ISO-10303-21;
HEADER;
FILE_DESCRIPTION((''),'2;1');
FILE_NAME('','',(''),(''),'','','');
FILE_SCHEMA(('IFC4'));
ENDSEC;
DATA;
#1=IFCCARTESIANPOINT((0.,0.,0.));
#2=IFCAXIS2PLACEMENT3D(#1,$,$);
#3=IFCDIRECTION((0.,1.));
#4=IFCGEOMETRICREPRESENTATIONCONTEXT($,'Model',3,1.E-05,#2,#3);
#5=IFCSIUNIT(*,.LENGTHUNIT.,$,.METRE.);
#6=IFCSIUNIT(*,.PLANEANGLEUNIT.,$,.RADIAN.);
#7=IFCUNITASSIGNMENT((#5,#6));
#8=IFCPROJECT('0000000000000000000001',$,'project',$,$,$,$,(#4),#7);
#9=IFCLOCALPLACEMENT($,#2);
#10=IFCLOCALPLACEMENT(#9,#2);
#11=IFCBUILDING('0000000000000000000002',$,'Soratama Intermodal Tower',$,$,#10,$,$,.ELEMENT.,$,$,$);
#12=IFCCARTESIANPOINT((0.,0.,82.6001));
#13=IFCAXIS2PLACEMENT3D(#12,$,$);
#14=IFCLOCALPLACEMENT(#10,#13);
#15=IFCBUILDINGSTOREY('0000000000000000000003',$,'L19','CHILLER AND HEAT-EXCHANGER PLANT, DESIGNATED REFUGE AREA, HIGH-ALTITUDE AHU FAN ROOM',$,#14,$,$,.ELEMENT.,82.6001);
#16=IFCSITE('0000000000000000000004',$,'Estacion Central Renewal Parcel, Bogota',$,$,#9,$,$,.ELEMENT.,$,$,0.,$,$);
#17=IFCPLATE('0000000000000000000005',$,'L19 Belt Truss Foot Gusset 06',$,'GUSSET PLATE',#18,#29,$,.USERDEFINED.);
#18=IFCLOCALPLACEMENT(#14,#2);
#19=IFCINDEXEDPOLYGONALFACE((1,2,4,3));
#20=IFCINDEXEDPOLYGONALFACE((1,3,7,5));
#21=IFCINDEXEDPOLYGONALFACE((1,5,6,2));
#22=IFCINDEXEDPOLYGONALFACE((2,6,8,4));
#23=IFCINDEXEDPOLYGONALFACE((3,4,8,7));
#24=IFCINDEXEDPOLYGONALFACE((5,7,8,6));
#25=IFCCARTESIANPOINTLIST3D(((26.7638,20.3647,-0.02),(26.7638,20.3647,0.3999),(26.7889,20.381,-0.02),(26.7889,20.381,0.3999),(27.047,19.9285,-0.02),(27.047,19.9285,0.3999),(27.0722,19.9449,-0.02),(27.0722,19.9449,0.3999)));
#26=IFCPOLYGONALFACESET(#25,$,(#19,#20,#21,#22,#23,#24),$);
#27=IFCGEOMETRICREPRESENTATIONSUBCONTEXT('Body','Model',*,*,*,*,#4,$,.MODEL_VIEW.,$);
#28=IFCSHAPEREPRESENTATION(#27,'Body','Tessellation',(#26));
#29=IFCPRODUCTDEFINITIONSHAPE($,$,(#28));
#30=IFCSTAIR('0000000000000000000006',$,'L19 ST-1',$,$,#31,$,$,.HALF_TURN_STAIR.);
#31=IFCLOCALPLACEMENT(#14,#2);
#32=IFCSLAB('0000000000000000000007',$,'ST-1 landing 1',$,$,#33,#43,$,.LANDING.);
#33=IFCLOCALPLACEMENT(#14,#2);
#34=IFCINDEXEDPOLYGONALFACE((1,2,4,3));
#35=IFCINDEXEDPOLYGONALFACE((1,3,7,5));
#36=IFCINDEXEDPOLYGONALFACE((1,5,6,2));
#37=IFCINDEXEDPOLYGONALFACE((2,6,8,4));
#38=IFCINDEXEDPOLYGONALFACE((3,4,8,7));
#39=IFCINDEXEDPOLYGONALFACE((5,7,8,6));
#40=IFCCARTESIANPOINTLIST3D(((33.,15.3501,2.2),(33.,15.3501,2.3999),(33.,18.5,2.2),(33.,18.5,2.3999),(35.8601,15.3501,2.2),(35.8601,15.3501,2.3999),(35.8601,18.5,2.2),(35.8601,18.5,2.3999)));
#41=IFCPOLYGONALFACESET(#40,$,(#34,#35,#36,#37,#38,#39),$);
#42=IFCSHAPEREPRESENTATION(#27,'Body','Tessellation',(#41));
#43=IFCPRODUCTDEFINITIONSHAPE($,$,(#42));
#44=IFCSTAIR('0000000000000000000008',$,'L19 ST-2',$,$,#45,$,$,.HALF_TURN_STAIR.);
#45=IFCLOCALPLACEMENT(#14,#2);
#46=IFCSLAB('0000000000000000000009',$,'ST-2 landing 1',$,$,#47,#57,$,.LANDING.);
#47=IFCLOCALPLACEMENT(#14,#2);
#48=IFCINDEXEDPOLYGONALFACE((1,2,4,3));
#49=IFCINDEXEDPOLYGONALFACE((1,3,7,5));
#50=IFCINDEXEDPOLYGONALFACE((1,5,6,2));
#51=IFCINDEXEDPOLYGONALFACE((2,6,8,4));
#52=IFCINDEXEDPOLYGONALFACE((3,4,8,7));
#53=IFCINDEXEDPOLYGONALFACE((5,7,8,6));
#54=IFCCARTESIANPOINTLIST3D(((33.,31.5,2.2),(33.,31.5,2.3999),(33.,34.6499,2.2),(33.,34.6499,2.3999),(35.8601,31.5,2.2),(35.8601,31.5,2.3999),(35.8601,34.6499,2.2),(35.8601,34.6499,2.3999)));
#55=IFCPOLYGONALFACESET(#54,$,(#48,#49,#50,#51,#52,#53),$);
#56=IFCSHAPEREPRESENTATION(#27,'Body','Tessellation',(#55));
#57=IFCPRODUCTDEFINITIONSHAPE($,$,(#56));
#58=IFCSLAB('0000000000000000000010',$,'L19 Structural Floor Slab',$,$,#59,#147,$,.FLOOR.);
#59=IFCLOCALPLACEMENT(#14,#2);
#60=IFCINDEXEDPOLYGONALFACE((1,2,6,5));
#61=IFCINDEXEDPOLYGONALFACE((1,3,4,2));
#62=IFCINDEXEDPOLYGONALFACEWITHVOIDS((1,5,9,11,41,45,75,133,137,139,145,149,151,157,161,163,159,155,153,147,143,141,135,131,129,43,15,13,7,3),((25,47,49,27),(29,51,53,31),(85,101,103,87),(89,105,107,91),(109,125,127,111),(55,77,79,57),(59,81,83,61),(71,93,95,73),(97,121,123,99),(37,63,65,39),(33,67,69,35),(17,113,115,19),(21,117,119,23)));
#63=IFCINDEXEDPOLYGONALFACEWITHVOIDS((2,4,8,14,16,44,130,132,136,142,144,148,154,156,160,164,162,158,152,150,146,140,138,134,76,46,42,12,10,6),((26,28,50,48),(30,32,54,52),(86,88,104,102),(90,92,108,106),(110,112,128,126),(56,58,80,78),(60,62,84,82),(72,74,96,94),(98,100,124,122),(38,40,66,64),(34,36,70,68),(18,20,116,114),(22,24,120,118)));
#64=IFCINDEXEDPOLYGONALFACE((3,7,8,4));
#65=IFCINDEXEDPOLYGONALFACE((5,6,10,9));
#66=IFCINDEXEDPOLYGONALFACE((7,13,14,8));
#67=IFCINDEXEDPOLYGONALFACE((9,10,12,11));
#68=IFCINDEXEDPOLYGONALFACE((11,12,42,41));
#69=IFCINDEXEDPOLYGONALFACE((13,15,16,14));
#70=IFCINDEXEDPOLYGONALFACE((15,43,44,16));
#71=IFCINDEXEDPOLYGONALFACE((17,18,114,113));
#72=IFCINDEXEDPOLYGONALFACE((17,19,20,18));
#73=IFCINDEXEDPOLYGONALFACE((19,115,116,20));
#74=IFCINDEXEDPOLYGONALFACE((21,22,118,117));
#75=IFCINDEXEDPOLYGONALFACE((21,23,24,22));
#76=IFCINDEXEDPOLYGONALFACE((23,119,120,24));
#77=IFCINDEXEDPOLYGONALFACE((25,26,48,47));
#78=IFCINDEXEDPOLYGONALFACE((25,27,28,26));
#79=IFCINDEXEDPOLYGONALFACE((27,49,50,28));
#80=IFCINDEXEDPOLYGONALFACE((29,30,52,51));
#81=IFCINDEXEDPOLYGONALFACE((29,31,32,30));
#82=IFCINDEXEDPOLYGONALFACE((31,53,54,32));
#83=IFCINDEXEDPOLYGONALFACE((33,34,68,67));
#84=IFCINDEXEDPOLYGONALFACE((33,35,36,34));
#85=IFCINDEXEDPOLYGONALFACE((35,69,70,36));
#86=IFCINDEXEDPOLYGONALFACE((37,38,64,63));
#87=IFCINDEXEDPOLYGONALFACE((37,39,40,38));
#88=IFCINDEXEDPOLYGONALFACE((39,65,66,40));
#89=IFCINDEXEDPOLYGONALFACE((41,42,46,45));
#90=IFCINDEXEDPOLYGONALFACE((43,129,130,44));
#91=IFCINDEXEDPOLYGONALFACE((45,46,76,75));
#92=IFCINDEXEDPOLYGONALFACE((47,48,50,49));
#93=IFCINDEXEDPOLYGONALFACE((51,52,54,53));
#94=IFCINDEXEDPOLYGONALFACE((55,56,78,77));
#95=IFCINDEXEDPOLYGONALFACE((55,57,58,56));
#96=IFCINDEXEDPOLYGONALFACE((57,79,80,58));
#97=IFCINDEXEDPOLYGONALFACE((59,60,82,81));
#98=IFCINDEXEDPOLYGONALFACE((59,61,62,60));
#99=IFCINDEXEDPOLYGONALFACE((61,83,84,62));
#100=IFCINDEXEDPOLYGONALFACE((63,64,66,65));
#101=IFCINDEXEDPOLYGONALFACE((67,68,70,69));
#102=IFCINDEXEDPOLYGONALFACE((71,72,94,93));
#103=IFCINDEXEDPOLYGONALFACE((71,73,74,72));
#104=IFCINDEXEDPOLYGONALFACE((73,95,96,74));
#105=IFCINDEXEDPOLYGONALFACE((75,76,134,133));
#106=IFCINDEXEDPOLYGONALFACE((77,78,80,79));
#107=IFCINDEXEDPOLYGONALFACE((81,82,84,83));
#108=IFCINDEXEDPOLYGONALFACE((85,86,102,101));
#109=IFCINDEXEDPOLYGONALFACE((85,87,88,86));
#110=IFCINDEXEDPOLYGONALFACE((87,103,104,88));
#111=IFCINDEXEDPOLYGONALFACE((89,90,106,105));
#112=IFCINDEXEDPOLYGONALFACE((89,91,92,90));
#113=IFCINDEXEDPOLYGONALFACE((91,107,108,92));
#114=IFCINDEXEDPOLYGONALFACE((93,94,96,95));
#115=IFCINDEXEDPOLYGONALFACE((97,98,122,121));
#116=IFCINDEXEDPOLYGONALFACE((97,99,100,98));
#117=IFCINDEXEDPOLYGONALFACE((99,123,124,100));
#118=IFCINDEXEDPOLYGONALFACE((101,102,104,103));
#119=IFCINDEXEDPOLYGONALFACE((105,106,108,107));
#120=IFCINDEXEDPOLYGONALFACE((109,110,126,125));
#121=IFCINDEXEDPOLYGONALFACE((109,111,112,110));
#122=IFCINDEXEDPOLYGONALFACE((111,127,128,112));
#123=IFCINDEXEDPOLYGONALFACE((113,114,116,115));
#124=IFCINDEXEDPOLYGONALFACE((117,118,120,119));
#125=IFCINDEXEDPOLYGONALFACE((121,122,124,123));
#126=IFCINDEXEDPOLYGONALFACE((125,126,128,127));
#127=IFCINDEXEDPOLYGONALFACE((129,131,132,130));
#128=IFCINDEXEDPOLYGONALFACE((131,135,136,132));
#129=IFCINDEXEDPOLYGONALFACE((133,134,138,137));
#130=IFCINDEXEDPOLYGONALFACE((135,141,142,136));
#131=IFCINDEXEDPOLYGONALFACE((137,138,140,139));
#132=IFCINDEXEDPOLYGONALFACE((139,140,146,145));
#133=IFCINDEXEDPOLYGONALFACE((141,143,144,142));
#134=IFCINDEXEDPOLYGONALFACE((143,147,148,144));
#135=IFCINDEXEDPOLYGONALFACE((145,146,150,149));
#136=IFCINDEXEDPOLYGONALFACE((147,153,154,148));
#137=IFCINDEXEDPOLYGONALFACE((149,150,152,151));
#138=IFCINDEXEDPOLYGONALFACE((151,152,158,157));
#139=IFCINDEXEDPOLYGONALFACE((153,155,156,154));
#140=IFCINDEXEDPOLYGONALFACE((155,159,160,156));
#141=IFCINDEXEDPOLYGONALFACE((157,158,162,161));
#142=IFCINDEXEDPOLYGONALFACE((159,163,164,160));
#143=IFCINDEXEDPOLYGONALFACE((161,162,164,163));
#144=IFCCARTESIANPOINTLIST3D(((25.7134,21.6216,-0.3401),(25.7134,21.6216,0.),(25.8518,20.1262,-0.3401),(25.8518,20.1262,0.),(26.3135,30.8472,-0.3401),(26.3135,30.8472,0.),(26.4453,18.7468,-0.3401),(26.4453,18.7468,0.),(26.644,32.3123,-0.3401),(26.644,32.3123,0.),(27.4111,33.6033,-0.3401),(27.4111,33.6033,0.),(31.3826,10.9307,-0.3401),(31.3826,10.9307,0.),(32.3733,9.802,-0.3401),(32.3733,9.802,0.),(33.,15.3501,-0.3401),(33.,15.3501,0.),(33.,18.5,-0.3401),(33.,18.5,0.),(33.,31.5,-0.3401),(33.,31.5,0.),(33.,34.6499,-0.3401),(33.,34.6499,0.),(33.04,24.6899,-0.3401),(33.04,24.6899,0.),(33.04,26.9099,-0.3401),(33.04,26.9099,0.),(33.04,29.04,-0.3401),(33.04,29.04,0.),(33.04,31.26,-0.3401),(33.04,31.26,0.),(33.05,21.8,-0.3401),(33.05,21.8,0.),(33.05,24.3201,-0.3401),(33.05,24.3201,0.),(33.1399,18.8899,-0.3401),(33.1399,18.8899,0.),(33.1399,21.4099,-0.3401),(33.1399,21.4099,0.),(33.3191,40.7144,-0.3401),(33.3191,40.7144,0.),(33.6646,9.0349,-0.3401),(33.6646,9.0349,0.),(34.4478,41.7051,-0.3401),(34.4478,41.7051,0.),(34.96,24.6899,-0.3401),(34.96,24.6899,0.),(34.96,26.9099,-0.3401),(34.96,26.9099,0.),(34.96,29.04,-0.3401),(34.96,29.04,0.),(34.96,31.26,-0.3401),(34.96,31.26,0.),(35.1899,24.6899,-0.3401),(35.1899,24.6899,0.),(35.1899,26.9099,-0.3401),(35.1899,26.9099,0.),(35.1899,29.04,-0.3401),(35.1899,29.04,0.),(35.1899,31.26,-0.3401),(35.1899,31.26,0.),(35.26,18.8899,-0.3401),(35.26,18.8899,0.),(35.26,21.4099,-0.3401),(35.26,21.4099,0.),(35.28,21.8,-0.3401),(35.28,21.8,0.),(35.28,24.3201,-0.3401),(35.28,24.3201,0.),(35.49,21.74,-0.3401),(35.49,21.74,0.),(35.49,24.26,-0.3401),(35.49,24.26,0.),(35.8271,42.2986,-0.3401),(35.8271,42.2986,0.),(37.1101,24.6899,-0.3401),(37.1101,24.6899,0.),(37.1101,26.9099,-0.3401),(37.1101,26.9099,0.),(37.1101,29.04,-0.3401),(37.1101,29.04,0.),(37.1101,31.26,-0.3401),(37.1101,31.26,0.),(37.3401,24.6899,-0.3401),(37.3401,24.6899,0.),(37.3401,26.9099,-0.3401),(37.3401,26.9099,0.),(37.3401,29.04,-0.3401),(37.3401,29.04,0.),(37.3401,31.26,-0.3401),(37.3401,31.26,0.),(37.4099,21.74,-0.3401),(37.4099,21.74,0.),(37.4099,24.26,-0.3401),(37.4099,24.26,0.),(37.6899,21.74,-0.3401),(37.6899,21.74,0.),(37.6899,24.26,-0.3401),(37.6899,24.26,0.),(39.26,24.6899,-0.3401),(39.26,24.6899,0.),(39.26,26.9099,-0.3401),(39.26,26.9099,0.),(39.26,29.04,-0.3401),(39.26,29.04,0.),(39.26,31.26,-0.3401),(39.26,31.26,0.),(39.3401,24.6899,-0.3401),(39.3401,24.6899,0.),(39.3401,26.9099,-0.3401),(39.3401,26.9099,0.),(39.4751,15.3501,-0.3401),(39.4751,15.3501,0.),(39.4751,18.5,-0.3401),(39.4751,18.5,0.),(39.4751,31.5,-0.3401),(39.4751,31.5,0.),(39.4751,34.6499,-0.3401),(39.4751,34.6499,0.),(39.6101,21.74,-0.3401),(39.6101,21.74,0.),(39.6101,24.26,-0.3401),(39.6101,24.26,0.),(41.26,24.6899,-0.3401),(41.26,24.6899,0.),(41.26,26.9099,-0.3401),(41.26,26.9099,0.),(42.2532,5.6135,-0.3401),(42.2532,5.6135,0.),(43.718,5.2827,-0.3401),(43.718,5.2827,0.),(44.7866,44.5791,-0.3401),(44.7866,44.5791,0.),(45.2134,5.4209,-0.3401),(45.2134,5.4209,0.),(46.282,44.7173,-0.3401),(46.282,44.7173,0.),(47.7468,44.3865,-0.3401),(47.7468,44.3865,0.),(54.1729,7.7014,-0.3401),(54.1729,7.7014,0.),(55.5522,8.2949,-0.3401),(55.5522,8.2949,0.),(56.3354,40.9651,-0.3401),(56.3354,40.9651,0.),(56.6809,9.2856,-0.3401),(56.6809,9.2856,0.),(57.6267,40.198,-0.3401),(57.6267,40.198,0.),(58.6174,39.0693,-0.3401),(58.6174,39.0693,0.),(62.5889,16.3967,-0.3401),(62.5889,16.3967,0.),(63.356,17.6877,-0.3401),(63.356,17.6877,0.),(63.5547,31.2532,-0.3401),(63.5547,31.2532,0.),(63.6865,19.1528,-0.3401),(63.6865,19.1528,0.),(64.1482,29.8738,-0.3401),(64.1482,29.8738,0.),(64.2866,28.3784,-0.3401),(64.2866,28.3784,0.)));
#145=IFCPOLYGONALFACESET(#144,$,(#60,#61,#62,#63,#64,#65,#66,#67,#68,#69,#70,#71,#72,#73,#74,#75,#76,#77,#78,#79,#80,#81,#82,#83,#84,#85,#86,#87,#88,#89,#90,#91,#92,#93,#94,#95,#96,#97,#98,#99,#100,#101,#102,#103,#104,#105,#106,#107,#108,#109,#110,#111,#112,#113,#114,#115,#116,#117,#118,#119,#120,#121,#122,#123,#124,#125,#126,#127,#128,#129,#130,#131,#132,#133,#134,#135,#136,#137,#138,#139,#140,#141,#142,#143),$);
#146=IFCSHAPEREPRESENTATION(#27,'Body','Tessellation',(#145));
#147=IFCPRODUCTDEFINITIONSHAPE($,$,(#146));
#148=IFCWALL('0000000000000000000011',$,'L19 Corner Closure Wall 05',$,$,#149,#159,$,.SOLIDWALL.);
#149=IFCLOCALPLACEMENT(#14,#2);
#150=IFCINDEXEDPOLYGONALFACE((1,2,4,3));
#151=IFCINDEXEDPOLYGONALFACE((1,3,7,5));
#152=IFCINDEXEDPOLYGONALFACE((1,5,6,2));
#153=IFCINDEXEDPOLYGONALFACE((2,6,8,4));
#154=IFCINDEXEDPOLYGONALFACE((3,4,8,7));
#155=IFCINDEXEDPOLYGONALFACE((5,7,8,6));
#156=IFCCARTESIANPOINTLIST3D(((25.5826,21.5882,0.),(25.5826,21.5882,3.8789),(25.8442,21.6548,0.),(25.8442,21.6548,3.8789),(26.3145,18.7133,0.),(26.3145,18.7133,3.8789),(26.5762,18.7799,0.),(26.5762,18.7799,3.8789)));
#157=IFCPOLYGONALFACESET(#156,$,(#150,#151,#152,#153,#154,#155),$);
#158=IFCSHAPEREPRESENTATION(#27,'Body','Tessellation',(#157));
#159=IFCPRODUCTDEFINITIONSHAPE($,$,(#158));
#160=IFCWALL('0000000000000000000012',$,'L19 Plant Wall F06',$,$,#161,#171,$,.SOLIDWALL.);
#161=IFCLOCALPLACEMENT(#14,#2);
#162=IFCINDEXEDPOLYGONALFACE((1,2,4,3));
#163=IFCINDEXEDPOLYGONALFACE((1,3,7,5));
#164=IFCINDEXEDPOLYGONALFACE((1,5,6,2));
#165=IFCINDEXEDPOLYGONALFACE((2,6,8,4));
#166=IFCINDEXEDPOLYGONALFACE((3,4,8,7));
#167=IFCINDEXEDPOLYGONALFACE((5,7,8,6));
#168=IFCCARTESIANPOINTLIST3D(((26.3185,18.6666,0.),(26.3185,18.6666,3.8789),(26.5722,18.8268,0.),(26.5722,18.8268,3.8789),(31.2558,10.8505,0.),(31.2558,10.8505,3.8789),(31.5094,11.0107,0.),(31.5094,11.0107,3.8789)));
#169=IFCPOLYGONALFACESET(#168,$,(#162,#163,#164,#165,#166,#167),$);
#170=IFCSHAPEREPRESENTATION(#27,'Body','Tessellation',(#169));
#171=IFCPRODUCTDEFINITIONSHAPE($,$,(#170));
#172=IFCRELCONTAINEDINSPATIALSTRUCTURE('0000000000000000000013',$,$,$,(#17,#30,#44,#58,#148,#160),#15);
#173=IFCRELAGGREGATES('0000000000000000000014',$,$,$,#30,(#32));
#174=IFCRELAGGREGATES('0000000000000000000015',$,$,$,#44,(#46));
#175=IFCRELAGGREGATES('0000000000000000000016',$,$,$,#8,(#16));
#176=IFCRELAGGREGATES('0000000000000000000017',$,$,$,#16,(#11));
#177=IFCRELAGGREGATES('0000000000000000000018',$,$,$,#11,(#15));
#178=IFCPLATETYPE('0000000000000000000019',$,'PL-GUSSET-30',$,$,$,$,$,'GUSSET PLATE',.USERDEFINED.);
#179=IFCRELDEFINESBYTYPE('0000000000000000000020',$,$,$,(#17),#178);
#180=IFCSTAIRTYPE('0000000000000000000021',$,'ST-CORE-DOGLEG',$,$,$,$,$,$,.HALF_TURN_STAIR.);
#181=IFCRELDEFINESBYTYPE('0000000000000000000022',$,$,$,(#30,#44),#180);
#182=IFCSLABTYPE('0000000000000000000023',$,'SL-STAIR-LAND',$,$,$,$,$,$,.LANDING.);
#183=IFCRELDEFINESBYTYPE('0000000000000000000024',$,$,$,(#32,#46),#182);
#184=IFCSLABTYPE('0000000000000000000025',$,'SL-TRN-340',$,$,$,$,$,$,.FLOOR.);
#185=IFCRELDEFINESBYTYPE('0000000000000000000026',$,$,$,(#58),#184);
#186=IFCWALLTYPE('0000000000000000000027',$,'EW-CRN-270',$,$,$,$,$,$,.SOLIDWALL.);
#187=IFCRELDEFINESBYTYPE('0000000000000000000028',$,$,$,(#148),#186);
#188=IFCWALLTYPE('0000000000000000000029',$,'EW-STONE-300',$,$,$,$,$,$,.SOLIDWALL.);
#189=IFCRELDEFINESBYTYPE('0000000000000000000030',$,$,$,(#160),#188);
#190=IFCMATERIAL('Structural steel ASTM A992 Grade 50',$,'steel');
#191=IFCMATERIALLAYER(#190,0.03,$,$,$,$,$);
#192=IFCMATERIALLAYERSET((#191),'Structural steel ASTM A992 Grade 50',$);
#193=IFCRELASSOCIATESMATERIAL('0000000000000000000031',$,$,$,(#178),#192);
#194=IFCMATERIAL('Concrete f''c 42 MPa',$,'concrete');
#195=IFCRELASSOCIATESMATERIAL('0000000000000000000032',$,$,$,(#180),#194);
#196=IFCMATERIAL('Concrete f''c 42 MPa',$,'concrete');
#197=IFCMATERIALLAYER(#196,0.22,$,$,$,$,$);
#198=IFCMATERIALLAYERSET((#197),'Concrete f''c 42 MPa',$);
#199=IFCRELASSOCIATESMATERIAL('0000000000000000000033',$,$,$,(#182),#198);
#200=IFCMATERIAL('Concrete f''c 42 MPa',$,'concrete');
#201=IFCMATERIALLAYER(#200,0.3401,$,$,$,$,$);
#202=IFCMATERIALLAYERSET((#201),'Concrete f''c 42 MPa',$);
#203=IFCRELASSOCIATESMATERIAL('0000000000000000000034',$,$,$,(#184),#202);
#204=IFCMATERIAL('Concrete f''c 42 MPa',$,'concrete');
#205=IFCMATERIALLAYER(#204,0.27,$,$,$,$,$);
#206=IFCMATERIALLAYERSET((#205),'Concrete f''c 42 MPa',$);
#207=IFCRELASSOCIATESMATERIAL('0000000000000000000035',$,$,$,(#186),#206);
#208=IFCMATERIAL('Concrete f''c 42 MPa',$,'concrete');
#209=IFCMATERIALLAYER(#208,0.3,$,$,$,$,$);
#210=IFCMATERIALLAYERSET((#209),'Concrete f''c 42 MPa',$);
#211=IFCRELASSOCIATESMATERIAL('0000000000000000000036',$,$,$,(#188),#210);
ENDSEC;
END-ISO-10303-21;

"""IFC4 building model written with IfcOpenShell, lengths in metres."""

from ifc_helpers import new_model, si_unit, direction, frame, frame_2d, origin, origin_2d, place, context, subcontext, project, spatial, polyline, rectangle, outline, extrude, material, layer, layer_set, type_object, element, aggregate, save


model = new_model("IFC4")

# Units and contexts
model_context = context("Model", 3, precision=1e-05, world=origin(), true_north=direction((0.0, 1.0)))
body_context = subcontext(model_context, "Body", "Model", "MODEL_VIEW")
ifc_project = project(units=[si_unit("LENGTHUNIT", "METRE"), si_unit("PLANEANGLEUNIT", "RADIAN")], contexts=[model_context])

# Site, building, storey
site_placement = place(None, origin())
site = spatial("IfcSite", under=ifc_project, at=site_placement, Name="Estacion Central Renewal Parcel, Bogota", CompositionType="ELEMENT", RefElevation=0.0)
building_placement = place(site_placement, origin())
building = spatial("IfcBuilding", under=site, at=building_placement, Name="Soratama Intermodal Tower", CompositionType="ELEMENT")
storey_placement = place(building_placement, frame((0.0, 0.0, 82.6001)))
storey = spatial("IfcBuildingStorey", under=building, at=storey_placement, Name="L19", Description="CHILLER AND HEAT-EXCHANGER PLANT, DESIGNATED REFUGE AREA, HIGH-ALTITUDE AHU FAN ROOM", CompositionType="ELEMENT", Elevation=82.6001)

# Plate
ifc_material_1 = material(Name="Structural steel ASTM A992 Grade 50", Category="steel")
ifc_layer_1 = layer(ifc_material_1, 0.03)
ifc_layer_set_1 = layer_set([ifc_layer_1], Name="Structural steel ASTM A992 Grade 50")
plate_type_1 = type_object("IfcPlateType", Name="PL-GUSSET-30", ElementType="GUSSET PLATE", PredefinedType="USERDEFINED", material=ifc_layer_set_1)
plate_1_placement = place(storey_placement, frame((26.918, 20.1548, -0.02), z_axis=(0.0, 0.0, 1.0), x_axis=(0.544639, -0.838671, 0.0)))
element("IfcPlate", 1, at=plate_1_placement, inside=storey, type_object=plate_type_1, Name="L19 Belt Truss Foot Gusset 06", ObjectType="GUSSET PLATE", PredefinedType="USERDEFINED", context=body_context, shape_type="SweptSolid", body=[
    extrude(rectangle(XDim=0.52, YDim=0.03, at=origin_2d()), origin(), (0.0, 0.0, 1.0), 0.4199),
])

# Stairs, slabs
ifc_material_2 = material(Name="Concrete f'c 42 MPa", Category="concrete")
stair_type = type_object("IfcStairType", Name="ST-CORE-DOGLEG", PredefinedType="HALF_TURN_STAIR", material=ifc_material_2)
stair_1_placement = place(storey_placement, origin())
stair_1 = element("IfcStair", 2, at=stair_1_placement, inside=storey, type_object=stair_type, Name="L19 ST-1", PredefinedType="HALF_TURN_STAIR")
ifc_material_3 = material(Name="Concrete f'c 42 MPa", Category="concrete")
ifc_layer_2 = layer(ifc_material_3, 0.22)
ifc_layer_set_2 = layer_set([ifc_layer_2], Name="Concrete f'c 42 MPa")
slab_type_1 = type_object("IfcSlabType", Name="SL-STAIR-LAND", PredefinedType="LANDING", material=ifc_layer_set_2)
slab_1_placement = place(storey_placement, frame((0.0, 0.0, 2.2)))
slab_1 = element("IfcSlab", 3, at=slab_1_placement, type_object=slab_type_1, Name="ST-1 landing 1", PredefinedType="LANDING", context=body_context, shape_type="SweptSolid", body=[
    extrude(outline(polyline([(35.8601, 18.5), (33.0, 18.5), (33.0, 15.3501), (35.8601, 15.3501), (35.8601, 18.5)])), origin(), (0.0, 0.0, 1.0), 0.2),
])
aggregate(stair_1, [slab_1])
stair_2_placement = place(storey_placement, origin())
stair_2 = element("IfcStair", 4, at=stair_2_placement, inside=storey, type_object=stair_type, Name="L19 ST-2", PredefinedType="HALF_TURN_STAIR")
slab_2_placement = place(storey_placement, frame((0.0, 0.0, 2.2)))
slab_2 = element("IfcSlab", 5, at=slab_2_placement, type_object=slab_type_1, Name="ST-2 landing 1", PredefinedType="LANDING", context=body_context, shape_type="SweptSolid", body=[
    extrude(outline(polyline([(35.8601, 34.6499), (33.0, 34.6499), (33.0, 31.5), (35.8601, 31.5), (35.8601, 34.6499)])), origin(), (0.0, 0.0, 1.0), 0.2),
])
aggregate(stair_2, [slab_2])

# Slab
ifc_material_4 = material(Name="Concrete f'c 42 MPa", Category="concrete")
ifc_layer_3 = layer(ifc_material_4, 0.3401)
ifc_layer_set_3 = layer_set([ifc_layer_3], Name="Concrete f'c 42 MPa")
slab_type_2 = type_object("IfcSlabType", Name="SL-TRN-340", PredefinedType="FLOOR", material=ifc_layer_set_3)
slab_3_placement = place(storey_placement, frame((0.0, 0.0, -0.3401)))
element("IfcSlab", 6, at=slab_3_placement, inside=storey, type_object=slab_type_2, Name="L19 Structural Floor Slab", PredefinedType="FLOOR", context=body_context, shape_type="SweptSolid", body=[
    extrude(outline(polyline([(64.2866, 28.3784), (64.1482, 29.8738), (63.5547, 31.2532), (58.6174, 39.0693), (57.6267, 40.198), (56.3354, 40.9651), (47.7468, 44.3865), (46.282, 44.7173), (44.7866, 44.5791), (35.8271, 42.2986), (34.4478, 41.7051), (33.3191, 40.7144), (27.4111, 33.6033), (26.644, 32.3123), (26.3135, 30.8472), (25.7134, 21.6216), (25.8518, 20.1262), (26.4453, 18.7468), (31.3826, 10.9307), (32.3733, 9.802), (33.6646, 9.0349), (42.2532, 5.6135), (43.718, 5.2827), (45.2134, 5.4209), (54.1729, 7.7014), (55.5522, 8.2949), (56.6809, 9.2856), (62.5889, 16.3967), (63.356, 17.6877), (63.6865, 19.1528), (64.2866, 28.3784)]), holes=[polyline([(33.0, 18.5), (33.0, 15.3501), (39.4751, 15.3501), (39.4751, 18.5), (33.0, 18.5)]), polyline([(35.26, 18.8899), (35.26, 21.4099), (33.1399, 21.4099), (33.1399, 18.8899), (35.26, 18.8899)]), polyline([(33.05, 21.8), (35.28, 21.8), (35.28, 24.3201), (33.05, 24.3201), (33.05, 21.8)]), polyline([(34.96, 26.9099), (33.04, 26.9099), (33.04, 24.6899), (34.96, 24.6899), (34.96, 26.9099)]), polyline([(37.1101, 24.6899), (37.1101, 26.9099), (35.1899, 26.9099), (35.1899, 24.6899), (37.1101, 24.6899)]), polyline([(34.96, 29.04), (34.96, 31.26), (33.04, 31.26), (33.04, 29.04), (34.96, 29.04)]), polyline([(37.1101, 31.26), (35.1899, 31.26), (35.1899, 29.04), (37.1101, 29.04), (37.1101, 31.26)]), polyline([(37.4099, 21.74), (37.4099, 24.26), (35.49, 24.26), (35.49, 21.74), (37.4099, 21.74)]), polyline([(39.6101, 21.74), (39.6101, 24.26), (37.6899, 24.26), (37.6899, 21.74), (39.6101, 21.74)]), polyline([(39.26, 24.6899), (39.26, 26.9099), (37.3401, 26.9099), (37.3401, 24.6899), (39.26, 24.6899)]), polyline([(41.26, 24.6899), (41.26, 26.9099), (39.3401, 26.9099), (39.3401, 24.6899), (41.26, 24.6899)]), polyline([(39.26, 29.04), (39.26, 31.26), (37.3401, 31.26), (37.3401, 29.04), (39.26, 29.04)]), polyline([(39.4751, 34.6499), (33.0, 34.6499), (33.0, 31.5), (39.4751, 31.5), (39.4751, 34.6499)])]), origin(), (0.0, 0.0, 1.0), 0.3401),
])

# Walls
ifc_material_5 = material(Name="Concrete f'c 42 MPa", Category="concrete")
ifc_layer_4 = layer(ifc_material_5, 0.27)
ifc_layer_set_4 = layer_set([ifc_layer_4], Name="Concrete f'c 42 MPa")
wall_type_1 = type_object("IfcWallType", Name="EW-CRN-270", PredefinedType="SOLIDWALL", material=ifc_layer_set_4)
wall_1_placement = place(storey_placement, frame((25.7134, 21.6216, 0.0), z_axis=(0.0, 0.0, 1.0), x_axis=(0.246735, -0.969083, 0.0)))
element("IfcWall", 7, at=wall_1_placement, inside=storey, type_object=wall_type_1, Name="L19 Corner Closure Wall 05", PredefinedType="SOLIDWALL", context=body_context, shape_type="SweptSolid", body=[
    extrude(rectangle(XDim=2.9666, YDim=0.27, at=frame_2d((1.4834, 0.0))), origin(), (0.0, 0.0, 1.0), 3.8789),
])
ifc_material_6 = material(Name="Concrete f'c 42 MPa", Category="concrete")
ifc_layer_5 = layer(ifc_material_6, 0.3)
ifc_layer_set_5 = layer_set([ifc_layer_5], Name="Concrete f'c 42 MPa")
wall_type_2 = type_object("IfcWallType", Name="EW-STONE-300", PredefinedType="SOLIDWALL", material=ifc_layer_set_5)
wall_2_placement = place(storey_placement, frame((26.4453, 18.7468, 0.0), z_axis=(0.0, 0.0, 1.0), x_axis=(0.53405, -0.845453, 0.0)))
element("IfcWall", 8, at=wall_2_placement, inside=storey, type_object=wall_type_2, Name="L19 Plant Wall F06", PredefinedType="SOLIDWALL", context=body_context, shape_type="SweptSolid", body=[
    extrude(rectangle(XDim=9.2449, YDim=0.3, at=frame_2d((4.6226, 0.0))), origin(), (0.0, 0.0, 1.0), 3.8789),
])

save(model, "model.ifc")
